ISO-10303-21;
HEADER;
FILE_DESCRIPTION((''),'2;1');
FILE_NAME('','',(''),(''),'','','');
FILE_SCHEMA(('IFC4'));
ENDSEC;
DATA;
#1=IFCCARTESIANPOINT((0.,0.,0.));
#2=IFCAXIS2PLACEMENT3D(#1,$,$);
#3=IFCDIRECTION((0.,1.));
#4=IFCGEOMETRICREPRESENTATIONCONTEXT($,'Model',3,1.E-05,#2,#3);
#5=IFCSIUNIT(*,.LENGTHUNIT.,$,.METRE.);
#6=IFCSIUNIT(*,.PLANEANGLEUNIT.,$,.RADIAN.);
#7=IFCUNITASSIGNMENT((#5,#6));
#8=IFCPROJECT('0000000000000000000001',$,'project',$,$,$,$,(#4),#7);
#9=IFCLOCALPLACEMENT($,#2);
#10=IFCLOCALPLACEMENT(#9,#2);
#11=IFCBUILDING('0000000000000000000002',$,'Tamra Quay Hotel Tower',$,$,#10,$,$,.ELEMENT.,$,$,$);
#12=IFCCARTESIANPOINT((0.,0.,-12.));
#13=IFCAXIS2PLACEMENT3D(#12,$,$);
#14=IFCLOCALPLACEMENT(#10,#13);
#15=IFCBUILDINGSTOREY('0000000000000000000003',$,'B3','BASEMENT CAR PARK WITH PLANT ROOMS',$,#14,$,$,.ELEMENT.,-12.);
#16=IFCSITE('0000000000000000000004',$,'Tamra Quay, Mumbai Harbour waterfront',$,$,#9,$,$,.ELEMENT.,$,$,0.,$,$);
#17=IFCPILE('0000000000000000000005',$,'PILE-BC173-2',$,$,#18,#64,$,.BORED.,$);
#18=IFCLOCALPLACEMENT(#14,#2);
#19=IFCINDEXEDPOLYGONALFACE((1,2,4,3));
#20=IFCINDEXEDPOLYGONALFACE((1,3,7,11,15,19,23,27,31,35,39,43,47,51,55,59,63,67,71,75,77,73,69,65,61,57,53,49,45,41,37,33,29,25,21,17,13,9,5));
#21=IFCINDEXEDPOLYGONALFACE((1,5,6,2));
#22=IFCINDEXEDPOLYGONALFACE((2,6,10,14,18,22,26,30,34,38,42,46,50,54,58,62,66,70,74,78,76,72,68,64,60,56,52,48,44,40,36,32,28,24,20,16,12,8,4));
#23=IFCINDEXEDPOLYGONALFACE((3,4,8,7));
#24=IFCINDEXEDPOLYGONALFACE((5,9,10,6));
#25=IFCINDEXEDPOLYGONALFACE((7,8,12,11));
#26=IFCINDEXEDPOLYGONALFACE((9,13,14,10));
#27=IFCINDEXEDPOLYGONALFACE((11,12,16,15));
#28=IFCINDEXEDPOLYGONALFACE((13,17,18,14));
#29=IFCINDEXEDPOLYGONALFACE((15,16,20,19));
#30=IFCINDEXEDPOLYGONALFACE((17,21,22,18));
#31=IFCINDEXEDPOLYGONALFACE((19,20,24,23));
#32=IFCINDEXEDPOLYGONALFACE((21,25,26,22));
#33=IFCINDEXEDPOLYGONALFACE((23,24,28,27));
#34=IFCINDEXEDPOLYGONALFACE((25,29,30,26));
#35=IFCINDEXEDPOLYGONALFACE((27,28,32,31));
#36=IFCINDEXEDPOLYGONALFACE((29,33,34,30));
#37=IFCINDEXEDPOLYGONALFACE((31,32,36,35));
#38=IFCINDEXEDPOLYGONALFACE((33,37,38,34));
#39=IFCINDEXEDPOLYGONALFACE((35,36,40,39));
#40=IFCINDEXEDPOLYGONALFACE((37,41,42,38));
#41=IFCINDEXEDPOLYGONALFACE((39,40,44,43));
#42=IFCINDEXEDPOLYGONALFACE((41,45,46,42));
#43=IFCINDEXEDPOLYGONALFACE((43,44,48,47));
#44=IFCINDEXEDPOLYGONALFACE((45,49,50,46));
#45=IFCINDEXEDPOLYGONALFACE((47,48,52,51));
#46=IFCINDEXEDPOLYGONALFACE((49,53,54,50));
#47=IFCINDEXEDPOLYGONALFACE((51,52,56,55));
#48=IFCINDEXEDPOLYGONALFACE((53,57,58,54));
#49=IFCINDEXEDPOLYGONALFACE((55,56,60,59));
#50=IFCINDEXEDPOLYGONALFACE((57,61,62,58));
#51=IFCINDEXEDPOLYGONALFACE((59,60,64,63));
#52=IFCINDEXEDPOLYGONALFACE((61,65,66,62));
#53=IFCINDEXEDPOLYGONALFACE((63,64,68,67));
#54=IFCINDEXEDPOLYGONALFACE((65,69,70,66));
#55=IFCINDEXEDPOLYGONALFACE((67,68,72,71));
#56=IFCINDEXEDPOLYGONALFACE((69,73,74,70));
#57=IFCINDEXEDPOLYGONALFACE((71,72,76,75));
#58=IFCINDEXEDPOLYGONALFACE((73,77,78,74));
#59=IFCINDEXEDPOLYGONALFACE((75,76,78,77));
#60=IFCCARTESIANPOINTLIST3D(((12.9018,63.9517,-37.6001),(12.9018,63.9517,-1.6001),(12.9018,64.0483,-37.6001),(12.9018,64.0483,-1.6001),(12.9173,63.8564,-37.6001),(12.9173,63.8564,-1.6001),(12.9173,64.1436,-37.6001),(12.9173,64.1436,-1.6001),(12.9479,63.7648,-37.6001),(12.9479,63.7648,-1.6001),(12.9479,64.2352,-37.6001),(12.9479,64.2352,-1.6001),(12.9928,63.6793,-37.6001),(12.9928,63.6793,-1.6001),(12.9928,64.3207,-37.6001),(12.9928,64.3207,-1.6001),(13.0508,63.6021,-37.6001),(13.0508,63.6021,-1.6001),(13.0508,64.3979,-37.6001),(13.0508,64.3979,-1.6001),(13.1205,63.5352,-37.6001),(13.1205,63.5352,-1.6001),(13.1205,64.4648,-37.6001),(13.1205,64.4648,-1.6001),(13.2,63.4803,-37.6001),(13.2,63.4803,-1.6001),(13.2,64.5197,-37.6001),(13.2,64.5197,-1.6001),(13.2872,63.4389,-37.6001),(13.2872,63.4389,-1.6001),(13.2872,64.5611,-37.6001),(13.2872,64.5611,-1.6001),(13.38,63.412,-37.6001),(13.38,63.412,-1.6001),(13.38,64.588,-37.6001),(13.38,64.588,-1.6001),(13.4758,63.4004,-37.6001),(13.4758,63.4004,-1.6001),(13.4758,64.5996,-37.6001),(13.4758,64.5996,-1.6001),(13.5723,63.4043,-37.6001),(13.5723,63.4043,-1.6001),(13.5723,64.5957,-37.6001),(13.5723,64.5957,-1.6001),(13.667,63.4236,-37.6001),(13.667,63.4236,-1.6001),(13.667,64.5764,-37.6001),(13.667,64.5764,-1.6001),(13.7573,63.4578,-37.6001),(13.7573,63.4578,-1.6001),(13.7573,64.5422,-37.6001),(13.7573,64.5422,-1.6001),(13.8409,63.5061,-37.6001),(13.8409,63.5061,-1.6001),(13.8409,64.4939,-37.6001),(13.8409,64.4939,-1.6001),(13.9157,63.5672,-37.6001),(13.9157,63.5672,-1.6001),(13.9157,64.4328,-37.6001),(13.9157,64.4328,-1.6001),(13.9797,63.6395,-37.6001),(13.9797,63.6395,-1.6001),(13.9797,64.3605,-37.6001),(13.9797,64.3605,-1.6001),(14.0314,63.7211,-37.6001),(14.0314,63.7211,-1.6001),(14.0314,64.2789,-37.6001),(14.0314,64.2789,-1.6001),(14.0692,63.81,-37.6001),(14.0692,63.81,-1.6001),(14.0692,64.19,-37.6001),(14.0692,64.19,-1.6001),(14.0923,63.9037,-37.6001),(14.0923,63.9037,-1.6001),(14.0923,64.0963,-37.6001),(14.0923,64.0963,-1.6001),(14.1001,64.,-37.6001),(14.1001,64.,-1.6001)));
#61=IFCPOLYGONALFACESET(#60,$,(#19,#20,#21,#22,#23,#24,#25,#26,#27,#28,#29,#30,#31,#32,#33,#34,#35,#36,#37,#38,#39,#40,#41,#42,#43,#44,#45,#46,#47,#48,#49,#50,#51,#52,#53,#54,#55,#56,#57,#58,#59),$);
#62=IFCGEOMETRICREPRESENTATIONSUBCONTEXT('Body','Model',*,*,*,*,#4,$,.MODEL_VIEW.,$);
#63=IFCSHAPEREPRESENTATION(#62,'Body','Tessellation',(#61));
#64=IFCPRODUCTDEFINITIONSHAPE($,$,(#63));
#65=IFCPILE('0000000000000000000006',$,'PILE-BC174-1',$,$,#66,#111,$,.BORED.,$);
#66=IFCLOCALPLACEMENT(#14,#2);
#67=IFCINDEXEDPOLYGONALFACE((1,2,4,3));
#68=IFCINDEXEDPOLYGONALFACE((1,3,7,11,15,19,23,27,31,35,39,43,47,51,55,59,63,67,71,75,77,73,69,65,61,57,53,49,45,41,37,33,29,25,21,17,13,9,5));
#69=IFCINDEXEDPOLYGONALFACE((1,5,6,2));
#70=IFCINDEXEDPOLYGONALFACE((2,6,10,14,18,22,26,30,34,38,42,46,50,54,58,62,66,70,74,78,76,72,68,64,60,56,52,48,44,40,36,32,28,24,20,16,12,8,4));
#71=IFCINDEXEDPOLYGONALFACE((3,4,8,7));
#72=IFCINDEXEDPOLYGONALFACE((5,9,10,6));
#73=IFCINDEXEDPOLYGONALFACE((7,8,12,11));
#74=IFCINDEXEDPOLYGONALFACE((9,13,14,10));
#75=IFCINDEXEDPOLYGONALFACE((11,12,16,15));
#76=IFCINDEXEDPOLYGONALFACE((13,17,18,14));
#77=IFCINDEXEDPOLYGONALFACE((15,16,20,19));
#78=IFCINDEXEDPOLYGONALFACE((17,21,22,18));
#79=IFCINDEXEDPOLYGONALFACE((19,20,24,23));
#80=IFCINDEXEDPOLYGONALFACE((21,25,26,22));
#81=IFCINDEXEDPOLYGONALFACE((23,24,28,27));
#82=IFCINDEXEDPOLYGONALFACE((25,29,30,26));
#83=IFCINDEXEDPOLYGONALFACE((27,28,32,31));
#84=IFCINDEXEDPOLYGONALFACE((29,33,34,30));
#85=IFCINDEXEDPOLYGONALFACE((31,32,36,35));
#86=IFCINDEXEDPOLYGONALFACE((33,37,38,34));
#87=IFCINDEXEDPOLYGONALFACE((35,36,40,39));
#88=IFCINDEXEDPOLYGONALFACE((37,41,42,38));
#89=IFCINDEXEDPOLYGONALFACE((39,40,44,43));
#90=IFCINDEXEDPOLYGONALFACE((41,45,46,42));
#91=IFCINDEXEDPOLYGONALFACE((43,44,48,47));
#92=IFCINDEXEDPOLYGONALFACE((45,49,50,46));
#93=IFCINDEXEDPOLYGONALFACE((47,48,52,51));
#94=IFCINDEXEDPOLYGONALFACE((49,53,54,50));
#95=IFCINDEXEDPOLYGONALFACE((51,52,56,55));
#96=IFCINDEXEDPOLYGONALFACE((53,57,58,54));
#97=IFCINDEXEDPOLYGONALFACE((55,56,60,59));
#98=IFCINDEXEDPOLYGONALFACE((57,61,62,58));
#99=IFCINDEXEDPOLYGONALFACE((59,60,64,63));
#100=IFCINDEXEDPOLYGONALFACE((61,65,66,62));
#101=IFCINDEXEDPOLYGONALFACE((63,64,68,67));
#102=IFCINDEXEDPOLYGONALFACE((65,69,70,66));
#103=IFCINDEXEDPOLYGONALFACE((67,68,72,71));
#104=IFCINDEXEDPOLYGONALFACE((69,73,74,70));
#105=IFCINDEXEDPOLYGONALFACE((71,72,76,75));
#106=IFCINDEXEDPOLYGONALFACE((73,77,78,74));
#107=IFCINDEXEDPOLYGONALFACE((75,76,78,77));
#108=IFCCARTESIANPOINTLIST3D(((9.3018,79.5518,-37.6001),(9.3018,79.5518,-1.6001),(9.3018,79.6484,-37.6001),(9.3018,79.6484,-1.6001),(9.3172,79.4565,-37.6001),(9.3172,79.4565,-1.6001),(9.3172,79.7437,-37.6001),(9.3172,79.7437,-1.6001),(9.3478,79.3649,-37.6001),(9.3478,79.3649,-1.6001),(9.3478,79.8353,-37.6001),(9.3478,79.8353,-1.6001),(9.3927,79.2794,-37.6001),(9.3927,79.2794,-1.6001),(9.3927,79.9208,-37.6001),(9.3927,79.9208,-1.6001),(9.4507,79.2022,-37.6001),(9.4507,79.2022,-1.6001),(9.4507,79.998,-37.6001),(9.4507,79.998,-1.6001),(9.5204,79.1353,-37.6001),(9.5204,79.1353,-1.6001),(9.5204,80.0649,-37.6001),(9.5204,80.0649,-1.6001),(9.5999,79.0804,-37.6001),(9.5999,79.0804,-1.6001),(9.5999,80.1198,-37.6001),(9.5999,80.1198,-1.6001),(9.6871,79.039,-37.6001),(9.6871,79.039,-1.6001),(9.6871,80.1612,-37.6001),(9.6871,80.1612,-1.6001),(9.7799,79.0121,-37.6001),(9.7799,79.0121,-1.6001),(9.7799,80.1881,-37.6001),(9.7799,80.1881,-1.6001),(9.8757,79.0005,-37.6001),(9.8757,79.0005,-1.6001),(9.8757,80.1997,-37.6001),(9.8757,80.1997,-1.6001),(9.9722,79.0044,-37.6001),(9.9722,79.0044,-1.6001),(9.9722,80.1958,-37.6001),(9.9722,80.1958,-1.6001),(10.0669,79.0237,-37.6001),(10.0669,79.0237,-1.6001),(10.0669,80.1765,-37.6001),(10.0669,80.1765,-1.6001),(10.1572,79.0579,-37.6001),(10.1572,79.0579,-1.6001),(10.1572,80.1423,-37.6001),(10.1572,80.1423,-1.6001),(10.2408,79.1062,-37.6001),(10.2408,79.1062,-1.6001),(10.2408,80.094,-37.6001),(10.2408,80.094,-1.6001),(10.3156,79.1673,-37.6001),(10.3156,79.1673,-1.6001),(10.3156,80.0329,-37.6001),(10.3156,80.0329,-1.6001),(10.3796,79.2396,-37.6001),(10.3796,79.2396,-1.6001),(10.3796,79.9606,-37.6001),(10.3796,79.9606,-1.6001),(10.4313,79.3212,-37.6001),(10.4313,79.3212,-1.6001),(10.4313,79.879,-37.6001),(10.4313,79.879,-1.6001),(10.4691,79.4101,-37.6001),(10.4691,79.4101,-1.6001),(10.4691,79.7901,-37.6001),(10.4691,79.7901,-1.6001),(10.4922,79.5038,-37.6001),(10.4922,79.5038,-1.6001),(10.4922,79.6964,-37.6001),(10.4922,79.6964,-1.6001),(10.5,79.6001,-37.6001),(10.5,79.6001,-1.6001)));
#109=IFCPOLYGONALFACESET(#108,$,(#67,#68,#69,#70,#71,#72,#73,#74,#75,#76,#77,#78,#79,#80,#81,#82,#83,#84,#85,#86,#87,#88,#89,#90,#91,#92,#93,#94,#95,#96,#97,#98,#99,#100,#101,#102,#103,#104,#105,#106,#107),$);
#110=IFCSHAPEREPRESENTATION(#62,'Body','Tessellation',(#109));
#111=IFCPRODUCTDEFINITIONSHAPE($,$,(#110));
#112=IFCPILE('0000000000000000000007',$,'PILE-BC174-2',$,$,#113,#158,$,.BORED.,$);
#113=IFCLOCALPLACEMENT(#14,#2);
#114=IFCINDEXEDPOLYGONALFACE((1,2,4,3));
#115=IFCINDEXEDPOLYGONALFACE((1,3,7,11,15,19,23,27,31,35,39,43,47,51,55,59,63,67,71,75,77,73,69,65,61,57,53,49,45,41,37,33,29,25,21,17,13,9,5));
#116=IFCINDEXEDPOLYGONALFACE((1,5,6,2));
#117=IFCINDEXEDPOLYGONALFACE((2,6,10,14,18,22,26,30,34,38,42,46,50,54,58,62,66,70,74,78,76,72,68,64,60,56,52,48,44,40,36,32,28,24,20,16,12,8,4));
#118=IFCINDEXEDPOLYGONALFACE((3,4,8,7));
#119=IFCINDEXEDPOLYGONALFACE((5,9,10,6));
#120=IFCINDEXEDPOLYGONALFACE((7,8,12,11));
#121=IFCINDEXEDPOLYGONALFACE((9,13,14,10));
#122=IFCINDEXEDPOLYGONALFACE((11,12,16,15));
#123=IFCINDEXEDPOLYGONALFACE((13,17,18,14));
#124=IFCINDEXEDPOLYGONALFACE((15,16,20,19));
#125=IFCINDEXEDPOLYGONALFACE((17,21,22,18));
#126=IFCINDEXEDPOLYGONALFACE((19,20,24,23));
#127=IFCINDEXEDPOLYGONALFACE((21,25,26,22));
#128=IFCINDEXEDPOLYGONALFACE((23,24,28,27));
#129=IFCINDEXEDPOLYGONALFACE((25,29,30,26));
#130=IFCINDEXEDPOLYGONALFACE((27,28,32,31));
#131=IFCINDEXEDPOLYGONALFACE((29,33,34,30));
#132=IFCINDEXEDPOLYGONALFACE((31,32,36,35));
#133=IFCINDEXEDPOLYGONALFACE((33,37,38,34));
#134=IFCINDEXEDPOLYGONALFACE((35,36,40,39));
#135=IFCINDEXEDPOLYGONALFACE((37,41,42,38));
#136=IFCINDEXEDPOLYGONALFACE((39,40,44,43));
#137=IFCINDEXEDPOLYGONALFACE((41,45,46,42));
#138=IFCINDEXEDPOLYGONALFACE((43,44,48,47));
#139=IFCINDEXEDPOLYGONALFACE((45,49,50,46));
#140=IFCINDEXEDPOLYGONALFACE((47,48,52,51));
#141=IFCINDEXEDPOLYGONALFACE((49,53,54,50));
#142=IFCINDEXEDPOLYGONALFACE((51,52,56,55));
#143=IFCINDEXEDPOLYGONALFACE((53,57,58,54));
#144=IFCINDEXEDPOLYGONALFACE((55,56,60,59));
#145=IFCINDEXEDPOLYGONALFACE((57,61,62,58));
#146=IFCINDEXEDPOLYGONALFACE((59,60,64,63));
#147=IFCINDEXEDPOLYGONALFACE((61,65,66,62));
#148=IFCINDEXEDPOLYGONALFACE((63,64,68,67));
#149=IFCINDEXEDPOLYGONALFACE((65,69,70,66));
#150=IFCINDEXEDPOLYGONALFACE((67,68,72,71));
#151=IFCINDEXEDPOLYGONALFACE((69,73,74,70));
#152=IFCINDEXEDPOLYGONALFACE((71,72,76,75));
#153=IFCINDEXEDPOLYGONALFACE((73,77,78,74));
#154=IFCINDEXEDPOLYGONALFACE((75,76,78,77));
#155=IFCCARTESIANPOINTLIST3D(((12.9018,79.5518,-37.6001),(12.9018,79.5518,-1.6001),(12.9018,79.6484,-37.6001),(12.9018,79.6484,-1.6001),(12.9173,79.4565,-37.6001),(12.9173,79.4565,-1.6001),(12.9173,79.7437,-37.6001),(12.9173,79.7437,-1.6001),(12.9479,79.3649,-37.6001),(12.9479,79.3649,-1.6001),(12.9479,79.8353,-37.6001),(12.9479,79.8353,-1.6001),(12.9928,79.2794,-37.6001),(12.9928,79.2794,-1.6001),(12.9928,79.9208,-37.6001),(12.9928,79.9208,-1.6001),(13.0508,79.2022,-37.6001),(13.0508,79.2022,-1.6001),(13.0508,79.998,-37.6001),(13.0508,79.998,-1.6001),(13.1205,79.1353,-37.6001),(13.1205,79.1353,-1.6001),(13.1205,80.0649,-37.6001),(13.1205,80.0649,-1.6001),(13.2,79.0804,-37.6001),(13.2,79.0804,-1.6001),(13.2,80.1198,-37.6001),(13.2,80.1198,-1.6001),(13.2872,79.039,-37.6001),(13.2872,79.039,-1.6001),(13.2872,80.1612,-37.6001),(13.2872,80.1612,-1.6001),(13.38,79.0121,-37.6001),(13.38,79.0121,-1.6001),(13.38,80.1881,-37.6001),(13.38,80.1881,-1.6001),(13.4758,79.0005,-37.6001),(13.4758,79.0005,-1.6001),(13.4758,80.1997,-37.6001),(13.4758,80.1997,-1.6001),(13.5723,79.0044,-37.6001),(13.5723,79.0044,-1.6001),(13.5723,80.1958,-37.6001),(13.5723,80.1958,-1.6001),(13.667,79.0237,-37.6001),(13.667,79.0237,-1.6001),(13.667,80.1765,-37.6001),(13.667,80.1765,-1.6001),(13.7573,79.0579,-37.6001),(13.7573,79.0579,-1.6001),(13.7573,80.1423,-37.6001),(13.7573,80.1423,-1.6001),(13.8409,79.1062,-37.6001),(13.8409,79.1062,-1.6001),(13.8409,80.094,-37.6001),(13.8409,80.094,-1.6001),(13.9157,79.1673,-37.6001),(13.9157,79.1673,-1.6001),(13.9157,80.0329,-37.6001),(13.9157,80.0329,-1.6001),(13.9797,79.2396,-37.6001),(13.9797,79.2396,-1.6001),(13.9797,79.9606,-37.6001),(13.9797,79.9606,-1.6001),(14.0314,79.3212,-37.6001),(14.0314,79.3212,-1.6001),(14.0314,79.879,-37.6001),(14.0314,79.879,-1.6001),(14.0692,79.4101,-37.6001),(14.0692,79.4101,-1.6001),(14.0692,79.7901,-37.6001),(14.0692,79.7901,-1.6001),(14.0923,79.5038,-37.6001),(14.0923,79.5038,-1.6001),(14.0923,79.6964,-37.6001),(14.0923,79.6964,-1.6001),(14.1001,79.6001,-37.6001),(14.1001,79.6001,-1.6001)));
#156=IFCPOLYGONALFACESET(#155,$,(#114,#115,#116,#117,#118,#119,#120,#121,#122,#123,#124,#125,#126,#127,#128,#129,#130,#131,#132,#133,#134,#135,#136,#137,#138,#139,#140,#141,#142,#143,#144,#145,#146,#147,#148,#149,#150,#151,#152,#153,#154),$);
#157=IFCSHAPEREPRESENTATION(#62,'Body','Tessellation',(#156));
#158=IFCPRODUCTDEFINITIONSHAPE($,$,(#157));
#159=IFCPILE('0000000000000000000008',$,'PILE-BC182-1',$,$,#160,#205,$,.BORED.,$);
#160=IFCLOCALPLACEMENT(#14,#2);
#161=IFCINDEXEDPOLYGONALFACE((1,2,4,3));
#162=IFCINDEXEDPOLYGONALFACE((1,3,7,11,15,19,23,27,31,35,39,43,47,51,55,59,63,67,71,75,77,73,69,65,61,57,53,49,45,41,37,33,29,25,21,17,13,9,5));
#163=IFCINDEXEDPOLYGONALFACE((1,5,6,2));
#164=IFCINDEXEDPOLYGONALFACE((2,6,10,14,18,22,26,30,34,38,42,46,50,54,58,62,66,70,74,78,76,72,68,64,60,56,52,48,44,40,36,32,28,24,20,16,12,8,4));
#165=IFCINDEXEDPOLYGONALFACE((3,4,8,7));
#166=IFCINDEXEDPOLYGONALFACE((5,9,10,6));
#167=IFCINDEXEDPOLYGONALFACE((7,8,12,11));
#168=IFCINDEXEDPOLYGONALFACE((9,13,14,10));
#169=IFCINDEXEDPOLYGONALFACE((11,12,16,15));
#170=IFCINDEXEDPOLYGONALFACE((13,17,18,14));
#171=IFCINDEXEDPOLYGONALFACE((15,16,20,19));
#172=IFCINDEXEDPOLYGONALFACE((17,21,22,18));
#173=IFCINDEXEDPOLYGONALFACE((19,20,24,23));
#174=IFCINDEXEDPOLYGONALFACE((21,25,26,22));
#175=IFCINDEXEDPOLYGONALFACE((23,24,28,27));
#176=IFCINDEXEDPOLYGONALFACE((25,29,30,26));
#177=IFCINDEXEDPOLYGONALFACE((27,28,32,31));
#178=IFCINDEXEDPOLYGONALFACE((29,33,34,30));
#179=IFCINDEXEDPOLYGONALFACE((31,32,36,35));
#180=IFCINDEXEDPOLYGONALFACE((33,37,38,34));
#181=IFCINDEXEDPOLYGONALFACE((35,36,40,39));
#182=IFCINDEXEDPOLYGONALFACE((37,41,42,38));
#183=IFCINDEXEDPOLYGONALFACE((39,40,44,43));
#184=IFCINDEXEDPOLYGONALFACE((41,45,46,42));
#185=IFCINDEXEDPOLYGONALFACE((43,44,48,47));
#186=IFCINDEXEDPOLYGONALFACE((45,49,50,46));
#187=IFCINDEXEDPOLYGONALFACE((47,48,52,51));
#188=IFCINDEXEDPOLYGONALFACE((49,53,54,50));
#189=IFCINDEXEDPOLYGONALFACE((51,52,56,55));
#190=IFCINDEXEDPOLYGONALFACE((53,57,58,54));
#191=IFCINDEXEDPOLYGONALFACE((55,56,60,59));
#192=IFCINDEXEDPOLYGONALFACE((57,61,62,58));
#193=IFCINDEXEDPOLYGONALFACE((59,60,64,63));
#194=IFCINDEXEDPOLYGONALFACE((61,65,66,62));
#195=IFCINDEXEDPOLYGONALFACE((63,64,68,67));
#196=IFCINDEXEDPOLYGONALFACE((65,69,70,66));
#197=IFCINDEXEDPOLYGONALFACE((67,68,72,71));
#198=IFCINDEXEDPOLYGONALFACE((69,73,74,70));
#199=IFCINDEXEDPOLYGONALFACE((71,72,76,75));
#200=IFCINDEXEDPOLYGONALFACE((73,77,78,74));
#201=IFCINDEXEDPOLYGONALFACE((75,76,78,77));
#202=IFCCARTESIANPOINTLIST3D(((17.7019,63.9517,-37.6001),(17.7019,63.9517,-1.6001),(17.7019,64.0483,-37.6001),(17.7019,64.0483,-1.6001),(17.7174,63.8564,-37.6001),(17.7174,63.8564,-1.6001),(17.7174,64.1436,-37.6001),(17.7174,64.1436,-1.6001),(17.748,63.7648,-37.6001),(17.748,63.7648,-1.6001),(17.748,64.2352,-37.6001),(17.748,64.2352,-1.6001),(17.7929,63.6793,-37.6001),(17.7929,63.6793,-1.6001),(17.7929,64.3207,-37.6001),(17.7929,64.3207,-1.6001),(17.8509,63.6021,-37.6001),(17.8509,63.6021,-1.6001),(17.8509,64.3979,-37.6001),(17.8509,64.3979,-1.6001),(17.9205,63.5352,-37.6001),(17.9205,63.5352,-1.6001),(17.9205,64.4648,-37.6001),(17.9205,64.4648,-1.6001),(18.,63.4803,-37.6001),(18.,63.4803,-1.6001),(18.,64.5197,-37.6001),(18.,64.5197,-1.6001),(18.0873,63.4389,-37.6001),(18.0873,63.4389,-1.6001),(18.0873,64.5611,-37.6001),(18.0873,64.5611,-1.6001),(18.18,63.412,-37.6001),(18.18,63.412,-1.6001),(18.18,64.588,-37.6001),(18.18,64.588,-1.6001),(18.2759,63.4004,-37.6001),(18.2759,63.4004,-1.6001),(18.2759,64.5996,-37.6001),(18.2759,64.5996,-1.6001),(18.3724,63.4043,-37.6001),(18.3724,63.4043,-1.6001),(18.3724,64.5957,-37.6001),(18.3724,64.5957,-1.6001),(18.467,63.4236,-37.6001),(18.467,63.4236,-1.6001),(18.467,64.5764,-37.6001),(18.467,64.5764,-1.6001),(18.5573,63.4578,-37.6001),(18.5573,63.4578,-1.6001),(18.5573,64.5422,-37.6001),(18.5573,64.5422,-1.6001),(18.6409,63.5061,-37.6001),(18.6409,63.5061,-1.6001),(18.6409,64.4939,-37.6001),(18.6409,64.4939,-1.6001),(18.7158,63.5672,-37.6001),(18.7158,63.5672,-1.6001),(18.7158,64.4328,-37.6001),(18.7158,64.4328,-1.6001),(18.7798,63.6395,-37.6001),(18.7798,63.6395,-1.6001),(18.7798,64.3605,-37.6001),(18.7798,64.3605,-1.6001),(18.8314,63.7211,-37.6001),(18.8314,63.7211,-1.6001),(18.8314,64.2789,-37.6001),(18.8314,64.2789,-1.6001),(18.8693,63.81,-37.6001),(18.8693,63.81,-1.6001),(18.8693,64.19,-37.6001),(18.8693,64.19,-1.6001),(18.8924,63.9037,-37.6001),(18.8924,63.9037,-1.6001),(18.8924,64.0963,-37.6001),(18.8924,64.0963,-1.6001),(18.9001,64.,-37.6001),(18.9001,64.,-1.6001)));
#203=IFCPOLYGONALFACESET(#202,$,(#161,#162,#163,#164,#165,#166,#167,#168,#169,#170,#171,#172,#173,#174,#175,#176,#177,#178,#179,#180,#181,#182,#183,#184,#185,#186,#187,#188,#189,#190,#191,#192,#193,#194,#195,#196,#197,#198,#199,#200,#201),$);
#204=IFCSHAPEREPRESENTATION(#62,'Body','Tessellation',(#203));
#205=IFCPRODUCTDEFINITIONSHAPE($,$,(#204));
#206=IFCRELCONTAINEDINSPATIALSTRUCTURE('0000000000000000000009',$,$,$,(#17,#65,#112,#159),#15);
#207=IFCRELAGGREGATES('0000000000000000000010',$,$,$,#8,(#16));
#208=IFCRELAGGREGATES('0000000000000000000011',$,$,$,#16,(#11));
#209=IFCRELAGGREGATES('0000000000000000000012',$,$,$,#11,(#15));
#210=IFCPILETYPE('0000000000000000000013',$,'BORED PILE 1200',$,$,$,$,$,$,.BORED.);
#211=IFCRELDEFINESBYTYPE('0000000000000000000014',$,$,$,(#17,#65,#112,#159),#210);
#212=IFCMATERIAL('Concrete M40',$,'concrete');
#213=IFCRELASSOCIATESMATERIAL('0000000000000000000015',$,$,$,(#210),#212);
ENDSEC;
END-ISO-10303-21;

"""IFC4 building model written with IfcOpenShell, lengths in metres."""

from ifc_helpers import new_model, si_unit, direction, frame, origin, origin_2d, place, context, subcontext, project, spatial, circle, extrude, material, material_profile, profile_set, type_object, element, save


model = new_model("IFC4")

# Units and contexts
model_context = context("Model", 3, precision=1e-05, world=origin(), true_north=direction((0.0, 1.0)))
body_context = subcontext(model_context, "Body", "Model", "MODEL_VIEW")
ifc_project = project(units=[si_unit("LENGTHUNIT", "METRE"), si_unit("PLANEANGLEUNIT", "RADIAN")], contexts=[model_context])

# Site, building, storey
site_placement = place(None, origin())
site = spatial("IfcSite", under=ifc_project, at=site_placement, Name="Tamra Quay, Mumbai Harbour waterfront", CompositionType="ELEMENT", RefElevation=0.0)
building_placement = place(site_placement, origin())
building = spatial("IfcBuilding", under=site, at=building_placement, Name="Tamra Quay Hotel Tower", CompositionType="ELEMENT")
storey_placement = place(building_placement, frame((0.0, 0.0, -12.0)))
storey = spatial("IfcBuildingStorey", under=building, at=storey_placement, Name="B3", Description="BASEMENT CAR PARK WITH PLANT ROOMS", CompositionType="ELEMENT", Elevation=-12.0)

# Piles
ifc_material_1 = material(Name="Concrete M40", Category="concrete")
ifc_material_profile_1 = material_profile(ifc_material_1, circle(Radius=0.6001, at=origin_2d()), Name="BORED PILE 1200")
ifc_profile_set_1 = profile_set([ifc_material_profile_1], Name="Concrete M40")
pile_type = type_object("IfcPileType", Name="BORED PILE 1200", PredefinedType="BORED", material=ifc_profile_set_1)
for number, where, z_axis, x_axis, name in (
    (1, (13.5, 64.0, -1.6001), (0.0, 0.0, -1.0), (1.0, 0.0, 0.0), "PILE-BC173-2"),
    (2, (9.8999, 79.6001, -1.6001), (0.0, 0.0, -1.0), (1.0, 0.0, 0.0), "PILE-BC174-1"),
    (3, (13.5, 79.6001, -1.6001), (0.0, 0.0, -1.0), (1.0, 0.0, 0.0), "PILE-BC174-2"),
    (4, (18.3, 64.0, -1.6001), (0.0, 0.0, -1.0), (1.0, 0.0, 0.0), "PILE-BC182-1"),
):
    element("IfcPile", number, at=place(storey_placement, frame(where, z_axis=z_axis, x_axis=x_axis)), inside=storey, type_object=pile_type, Name=name, PredefinedType="BORED", context=body_context, shape_type="SweptSolid", body=[
        extrude(circle(Radius=0.6001, at=origin_2d()), origin(), (0.0, 0.0, 1.0), 36.0),
    ])

save(model, "model.ifc")
